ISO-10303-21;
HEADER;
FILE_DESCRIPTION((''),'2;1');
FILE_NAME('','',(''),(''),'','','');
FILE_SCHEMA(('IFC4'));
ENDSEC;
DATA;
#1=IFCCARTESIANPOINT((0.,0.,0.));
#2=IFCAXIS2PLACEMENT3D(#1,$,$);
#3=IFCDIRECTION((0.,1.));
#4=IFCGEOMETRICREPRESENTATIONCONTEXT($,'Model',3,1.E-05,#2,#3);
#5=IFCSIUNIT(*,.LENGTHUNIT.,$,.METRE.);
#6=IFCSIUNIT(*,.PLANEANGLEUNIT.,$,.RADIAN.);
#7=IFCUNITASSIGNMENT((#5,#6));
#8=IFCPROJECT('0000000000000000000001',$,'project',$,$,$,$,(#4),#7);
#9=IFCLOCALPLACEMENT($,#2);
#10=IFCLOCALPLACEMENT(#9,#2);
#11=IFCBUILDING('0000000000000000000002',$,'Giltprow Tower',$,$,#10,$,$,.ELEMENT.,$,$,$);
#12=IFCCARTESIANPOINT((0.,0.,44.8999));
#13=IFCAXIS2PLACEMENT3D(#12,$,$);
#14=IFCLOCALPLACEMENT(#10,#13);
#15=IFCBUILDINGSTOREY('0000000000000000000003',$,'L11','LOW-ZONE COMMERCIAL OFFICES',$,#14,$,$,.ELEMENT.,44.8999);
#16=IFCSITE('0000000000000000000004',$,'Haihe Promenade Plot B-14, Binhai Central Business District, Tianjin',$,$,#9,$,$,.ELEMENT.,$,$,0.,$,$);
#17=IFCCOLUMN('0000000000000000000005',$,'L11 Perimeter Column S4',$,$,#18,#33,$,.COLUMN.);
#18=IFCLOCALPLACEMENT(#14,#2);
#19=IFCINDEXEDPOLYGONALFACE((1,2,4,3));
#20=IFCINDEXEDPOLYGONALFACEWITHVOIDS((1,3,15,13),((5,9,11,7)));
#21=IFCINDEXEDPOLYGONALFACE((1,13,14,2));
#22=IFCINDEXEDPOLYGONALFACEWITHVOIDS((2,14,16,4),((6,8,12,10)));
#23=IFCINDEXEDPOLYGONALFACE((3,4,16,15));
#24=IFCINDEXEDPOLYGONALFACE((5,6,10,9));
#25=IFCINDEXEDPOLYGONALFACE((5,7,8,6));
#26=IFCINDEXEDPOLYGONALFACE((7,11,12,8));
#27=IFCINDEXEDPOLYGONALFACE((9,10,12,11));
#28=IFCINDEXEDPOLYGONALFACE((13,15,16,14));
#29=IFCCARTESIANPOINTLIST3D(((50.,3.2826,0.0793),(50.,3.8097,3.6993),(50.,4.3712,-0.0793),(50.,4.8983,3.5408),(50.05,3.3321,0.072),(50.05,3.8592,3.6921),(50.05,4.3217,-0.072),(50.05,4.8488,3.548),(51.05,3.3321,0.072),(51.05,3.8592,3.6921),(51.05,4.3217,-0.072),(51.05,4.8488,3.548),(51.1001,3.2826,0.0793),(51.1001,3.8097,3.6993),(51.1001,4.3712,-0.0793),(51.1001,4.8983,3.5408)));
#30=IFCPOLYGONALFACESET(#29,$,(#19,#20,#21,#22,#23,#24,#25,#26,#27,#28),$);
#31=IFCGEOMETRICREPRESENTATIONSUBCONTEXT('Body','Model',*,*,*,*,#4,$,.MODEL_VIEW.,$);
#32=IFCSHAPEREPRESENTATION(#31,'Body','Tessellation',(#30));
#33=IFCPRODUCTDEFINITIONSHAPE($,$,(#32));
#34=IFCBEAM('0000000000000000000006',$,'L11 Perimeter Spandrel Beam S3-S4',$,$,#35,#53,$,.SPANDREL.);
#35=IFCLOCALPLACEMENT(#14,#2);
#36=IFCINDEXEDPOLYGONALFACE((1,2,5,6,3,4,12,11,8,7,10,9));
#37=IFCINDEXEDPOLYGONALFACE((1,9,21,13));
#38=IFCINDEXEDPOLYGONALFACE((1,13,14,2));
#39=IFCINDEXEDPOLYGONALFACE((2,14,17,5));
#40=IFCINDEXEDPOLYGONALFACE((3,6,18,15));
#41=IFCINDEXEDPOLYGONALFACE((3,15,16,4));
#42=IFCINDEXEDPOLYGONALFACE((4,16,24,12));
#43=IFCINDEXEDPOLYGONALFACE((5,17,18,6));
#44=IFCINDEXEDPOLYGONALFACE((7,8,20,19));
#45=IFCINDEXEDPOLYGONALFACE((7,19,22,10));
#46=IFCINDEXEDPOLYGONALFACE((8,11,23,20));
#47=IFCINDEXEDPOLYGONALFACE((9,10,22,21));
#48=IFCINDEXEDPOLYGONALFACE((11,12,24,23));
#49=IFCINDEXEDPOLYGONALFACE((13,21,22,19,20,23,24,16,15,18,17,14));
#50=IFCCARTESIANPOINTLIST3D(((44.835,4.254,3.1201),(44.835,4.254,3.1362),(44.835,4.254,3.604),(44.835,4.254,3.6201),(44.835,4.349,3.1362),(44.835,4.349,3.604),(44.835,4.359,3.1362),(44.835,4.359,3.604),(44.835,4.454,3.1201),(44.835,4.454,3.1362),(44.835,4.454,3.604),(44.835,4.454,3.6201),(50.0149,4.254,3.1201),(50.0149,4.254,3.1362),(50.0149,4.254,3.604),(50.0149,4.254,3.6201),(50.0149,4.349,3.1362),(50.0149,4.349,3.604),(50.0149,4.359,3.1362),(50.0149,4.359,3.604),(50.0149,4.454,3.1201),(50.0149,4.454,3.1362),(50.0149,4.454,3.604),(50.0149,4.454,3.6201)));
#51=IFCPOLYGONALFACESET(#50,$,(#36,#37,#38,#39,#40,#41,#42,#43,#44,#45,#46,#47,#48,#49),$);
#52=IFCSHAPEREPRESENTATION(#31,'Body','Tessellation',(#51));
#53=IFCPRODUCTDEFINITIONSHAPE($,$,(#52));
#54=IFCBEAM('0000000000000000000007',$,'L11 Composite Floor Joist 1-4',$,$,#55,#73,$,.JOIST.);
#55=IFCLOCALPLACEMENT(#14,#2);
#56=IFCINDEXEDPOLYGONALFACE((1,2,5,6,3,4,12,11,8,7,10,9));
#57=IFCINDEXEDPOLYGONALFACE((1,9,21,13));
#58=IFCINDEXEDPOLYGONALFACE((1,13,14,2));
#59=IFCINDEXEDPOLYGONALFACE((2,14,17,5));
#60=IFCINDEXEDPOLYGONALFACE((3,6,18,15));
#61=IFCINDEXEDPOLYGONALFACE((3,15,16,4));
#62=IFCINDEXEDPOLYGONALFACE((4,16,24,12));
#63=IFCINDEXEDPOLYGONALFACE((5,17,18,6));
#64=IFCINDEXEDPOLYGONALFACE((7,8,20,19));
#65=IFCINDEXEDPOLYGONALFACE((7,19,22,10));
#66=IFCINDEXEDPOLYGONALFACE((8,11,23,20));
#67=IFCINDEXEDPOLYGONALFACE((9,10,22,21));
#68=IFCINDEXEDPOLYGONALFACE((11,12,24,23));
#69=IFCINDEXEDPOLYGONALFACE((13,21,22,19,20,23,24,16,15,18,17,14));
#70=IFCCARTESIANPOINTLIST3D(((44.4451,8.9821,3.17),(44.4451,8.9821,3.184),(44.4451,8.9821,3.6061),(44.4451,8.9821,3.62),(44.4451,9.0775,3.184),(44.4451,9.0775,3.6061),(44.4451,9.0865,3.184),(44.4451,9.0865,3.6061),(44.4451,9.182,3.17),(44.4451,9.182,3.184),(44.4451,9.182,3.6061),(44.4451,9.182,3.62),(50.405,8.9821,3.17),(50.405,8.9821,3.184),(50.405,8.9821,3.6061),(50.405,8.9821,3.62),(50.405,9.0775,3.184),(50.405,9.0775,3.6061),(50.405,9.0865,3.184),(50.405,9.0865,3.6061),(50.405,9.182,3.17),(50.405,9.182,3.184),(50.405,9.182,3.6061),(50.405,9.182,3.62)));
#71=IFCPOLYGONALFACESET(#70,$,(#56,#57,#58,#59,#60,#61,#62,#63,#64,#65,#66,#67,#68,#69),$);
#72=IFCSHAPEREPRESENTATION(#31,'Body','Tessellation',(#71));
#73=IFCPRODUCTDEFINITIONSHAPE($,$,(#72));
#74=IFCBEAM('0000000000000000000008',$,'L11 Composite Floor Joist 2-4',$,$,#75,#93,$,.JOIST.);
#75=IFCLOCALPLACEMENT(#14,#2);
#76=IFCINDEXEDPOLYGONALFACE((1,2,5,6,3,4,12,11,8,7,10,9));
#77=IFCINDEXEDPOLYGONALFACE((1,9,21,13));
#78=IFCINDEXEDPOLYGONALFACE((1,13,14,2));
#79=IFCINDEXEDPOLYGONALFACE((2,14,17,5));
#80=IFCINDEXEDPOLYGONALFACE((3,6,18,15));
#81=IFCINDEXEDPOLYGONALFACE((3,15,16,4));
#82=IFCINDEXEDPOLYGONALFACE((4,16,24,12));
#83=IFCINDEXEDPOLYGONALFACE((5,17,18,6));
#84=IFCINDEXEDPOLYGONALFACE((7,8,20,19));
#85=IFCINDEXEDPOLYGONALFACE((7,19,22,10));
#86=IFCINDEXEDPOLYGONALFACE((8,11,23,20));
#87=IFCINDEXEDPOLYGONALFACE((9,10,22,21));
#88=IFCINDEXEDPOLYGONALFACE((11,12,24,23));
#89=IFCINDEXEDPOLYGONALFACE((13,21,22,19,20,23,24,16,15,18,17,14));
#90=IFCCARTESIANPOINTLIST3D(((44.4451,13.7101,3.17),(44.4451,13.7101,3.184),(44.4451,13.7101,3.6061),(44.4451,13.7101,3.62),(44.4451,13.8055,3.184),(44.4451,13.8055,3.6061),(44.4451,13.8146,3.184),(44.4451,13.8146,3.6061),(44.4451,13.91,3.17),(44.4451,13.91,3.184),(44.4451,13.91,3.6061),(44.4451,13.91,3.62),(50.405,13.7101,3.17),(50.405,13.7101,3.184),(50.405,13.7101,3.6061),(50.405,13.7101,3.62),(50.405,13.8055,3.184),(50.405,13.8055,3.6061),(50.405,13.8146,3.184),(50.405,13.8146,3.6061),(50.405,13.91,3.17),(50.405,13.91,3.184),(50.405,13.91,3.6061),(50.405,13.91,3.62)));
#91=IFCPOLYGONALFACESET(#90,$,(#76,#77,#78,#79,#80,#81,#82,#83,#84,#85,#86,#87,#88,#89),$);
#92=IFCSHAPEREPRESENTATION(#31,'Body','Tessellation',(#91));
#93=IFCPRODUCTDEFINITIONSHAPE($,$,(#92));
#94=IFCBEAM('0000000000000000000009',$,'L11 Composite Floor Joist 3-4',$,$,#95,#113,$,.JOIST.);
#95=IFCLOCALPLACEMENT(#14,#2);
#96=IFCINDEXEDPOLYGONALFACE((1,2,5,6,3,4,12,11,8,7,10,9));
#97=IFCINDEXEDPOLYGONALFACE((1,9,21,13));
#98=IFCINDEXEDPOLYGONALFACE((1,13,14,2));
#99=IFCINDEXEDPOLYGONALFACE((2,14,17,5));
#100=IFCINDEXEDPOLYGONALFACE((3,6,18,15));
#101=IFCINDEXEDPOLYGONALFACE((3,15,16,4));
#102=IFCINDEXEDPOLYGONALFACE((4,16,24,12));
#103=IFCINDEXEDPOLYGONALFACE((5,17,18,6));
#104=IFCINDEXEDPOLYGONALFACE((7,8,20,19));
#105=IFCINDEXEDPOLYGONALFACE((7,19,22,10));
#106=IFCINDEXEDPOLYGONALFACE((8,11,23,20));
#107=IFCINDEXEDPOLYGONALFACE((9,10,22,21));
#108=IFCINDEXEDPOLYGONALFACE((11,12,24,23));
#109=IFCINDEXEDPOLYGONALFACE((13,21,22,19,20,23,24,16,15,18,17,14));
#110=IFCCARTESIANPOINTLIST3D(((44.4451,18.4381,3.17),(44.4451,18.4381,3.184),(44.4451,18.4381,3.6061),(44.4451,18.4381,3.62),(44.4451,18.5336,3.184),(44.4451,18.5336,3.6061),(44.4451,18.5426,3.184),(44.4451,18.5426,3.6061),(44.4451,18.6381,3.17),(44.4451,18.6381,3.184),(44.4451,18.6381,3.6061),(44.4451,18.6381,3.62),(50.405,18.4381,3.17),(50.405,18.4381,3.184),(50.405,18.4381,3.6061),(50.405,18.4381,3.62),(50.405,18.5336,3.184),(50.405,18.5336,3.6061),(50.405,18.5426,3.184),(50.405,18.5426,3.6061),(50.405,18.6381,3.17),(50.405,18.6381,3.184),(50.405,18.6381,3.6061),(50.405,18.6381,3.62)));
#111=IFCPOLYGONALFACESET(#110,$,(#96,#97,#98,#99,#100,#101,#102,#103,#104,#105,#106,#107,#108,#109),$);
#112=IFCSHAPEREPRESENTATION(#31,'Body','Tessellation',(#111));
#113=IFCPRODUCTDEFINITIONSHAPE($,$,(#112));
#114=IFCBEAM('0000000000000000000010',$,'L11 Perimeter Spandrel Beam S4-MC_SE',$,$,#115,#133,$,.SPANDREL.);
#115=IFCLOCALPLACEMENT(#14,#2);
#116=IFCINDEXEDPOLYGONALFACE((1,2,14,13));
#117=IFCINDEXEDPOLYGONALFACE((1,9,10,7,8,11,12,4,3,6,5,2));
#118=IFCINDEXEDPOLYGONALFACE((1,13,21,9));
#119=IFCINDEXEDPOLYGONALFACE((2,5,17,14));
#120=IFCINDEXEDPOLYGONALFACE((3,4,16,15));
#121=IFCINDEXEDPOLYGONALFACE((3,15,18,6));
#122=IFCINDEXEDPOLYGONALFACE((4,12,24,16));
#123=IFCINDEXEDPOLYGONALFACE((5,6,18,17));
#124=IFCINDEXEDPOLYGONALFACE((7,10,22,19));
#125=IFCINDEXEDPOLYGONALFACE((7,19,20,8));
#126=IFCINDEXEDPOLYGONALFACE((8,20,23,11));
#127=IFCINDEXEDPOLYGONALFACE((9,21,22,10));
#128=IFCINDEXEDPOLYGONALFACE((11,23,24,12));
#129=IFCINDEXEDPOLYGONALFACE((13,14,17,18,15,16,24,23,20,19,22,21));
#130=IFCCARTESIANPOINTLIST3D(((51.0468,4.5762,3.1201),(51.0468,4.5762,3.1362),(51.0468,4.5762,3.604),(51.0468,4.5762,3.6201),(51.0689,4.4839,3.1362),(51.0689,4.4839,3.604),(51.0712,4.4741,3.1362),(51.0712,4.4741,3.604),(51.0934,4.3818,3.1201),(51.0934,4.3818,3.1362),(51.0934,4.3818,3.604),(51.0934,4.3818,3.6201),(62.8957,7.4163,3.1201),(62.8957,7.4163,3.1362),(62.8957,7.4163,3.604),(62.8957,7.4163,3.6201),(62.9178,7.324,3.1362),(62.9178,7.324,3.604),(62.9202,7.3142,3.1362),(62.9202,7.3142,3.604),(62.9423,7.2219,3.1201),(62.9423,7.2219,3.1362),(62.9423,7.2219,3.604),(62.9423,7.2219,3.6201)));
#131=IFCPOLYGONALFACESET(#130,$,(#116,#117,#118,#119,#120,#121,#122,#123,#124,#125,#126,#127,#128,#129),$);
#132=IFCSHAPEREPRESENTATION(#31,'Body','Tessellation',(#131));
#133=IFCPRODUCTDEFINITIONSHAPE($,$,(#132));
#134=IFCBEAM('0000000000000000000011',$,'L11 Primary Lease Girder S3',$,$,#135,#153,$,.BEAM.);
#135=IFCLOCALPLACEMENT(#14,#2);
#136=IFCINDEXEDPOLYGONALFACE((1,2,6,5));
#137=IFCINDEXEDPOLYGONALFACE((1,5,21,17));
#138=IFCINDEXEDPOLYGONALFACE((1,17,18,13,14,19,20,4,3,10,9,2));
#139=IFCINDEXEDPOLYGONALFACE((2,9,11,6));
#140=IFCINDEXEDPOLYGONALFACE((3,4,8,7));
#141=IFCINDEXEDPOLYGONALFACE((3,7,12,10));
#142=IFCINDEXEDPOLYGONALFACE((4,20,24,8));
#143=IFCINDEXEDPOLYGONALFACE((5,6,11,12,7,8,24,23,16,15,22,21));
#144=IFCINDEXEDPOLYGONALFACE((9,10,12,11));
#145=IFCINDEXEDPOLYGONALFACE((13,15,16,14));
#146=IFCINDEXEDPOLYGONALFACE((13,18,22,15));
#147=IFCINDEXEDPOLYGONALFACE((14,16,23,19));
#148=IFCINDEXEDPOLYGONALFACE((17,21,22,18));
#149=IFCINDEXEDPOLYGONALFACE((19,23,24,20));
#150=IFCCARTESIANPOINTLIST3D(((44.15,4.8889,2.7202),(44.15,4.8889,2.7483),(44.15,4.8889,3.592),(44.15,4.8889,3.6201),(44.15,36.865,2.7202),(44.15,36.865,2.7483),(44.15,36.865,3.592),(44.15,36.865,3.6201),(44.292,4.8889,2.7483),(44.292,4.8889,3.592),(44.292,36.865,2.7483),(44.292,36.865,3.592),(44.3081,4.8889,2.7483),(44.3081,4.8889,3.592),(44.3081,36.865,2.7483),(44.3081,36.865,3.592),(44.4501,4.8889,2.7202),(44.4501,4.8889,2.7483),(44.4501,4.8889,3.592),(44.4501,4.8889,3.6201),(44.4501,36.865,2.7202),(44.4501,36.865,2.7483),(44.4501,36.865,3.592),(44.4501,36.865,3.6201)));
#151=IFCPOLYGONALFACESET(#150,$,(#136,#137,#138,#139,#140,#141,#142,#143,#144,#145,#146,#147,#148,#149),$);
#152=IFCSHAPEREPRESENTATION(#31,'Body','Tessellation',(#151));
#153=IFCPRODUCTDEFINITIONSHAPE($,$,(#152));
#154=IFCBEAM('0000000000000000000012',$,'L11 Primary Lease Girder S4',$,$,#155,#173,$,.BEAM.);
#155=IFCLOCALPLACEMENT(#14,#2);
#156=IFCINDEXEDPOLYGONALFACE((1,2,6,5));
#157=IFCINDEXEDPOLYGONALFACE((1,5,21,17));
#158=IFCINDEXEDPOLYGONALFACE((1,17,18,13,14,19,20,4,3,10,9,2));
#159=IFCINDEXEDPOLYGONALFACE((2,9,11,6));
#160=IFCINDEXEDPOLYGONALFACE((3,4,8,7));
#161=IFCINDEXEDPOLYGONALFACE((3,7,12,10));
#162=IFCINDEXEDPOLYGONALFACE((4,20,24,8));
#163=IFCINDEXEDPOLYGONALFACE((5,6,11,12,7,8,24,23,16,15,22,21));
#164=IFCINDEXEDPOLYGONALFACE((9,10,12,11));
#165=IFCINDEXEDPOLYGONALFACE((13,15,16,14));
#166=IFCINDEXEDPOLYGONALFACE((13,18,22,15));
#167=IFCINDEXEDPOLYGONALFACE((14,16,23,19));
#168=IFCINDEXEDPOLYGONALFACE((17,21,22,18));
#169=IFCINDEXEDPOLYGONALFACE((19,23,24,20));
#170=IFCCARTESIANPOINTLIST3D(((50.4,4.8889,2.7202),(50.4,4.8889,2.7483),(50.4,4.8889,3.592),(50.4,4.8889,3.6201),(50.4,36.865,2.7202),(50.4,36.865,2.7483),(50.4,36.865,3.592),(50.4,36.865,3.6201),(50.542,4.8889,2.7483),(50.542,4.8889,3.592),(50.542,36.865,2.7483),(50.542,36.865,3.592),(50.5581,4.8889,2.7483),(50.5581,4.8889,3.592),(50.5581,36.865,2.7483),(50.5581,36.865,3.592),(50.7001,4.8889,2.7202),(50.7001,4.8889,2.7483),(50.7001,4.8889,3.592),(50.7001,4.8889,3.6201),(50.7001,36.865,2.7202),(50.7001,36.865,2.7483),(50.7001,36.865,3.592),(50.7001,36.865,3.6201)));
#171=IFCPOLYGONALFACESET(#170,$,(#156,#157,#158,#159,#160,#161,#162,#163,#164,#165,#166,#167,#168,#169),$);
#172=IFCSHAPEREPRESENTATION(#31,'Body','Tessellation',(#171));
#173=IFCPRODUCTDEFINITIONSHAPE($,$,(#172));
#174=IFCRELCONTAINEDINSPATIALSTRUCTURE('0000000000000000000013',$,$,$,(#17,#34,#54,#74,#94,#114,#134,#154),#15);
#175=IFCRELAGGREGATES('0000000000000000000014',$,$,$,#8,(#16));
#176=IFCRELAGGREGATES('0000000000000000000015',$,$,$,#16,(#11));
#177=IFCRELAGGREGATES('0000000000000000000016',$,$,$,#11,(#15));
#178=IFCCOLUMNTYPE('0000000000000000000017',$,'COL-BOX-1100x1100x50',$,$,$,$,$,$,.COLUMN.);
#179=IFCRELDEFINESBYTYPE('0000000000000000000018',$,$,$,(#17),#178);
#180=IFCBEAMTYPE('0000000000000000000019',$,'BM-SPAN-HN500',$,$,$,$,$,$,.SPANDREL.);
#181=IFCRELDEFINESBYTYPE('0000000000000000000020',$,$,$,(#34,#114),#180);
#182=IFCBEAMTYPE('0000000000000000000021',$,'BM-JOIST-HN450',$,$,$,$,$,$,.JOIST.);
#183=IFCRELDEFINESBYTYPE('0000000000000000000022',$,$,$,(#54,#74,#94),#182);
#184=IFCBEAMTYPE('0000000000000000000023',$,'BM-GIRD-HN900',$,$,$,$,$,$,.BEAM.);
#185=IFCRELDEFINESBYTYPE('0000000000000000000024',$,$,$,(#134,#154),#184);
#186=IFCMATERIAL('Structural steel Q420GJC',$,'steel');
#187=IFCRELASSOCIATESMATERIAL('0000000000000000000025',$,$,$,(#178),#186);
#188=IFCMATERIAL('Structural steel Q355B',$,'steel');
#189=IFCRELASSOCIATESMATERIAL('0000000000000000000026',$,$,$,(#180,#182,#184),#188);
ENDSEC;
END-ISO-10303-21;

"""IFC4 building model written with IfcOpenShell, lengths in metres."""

from ifc_helpers import new_model, si_unit, direction, frame, origin, origin_2d, place, context, subcontext, project, spatial, hollow_rectangle, i_section, extrude, source, transform, mapped, material, material_profile, profile_set, type_object, element, save


model = new_model("IFC4")

# Units and contexts
model_context = context("Model", 3, precision=1e-05, world=origin(), true_north=direction((0.0, 1.0)))
body_context = subcontext(model_context, "Body", "Model", "MODEL_VIEW")
ifc_project = project(units=[si_unit("LENGTHUNIT", "METRE"), si_unit("PLANEANGLEUNIT", "RADIAN")], contexts=[model_context])

# Site, building, storey
site_placement = place(None, origin())
site = spatial("IfcSite", under=ifc_project, at=site_placement, Name="Haihe Promenade Plot B-14, Binhai Central Business District, Tianjin", CompositionType="ELEMENT", RefElevation=0.0)
building_placement = place(site_placement, origin())
building = spatial("IfcBuilding", under=site, at=building_placement, Name="Giltprow Tower", CompositionType="ELEMENT")
storey_placement = place(building_placement, frame((0.0, 0.0, 44.8999)))
storey = spatial("IfcBuildingStorey", under=building, at=storey_placement, Name="L11", Description="LOW-ZONE COMMERCIAL OFFICES", CompositionType="ELEMENT", Elevation=44.8999)

# Column
ifc_material_1 = material(Name="Structural steel Q420GJC", Category="steel")
ifc_material_profile_1 = material_profile(ifc_material_1, hollow_rectangle(XDim=1.1001, YDim=1.1001, WallThickness=0.05, at=origin_2d()), Name="BOX 1100x1100x50")
ifc_profile_set_1 = profile_set([ifc_material_profile_1], Name="Structural steel Q420GJC")
column_type = type_object("IfcColumnType", Name="COL-BOX-1100x1100x50", PredefinedType="COLUMN", material=ifc_profile_set_1)
shared_shape_1 = source(origin(), body_context, "Body", "SweptSolid", [
    extrude(hollow_rectangle(XDim=1.1001, YDim=1.1001, WallThickness=0.05, at=origin_2d()), origin(), (0.0, 0.0, 1.0), 3.6582),
])
column_placement = place(storey_placement, frame((50.55, 3.8269, 0.0), z_axis=(0.0, 0.144084, 0.989566), x_axis=(-1.0, 0.0, 0.0)))
element("IfcColumn", 1, at=column_placement, inside=storey, type_object=column_type, Name="L11 Perimeter Column S4", PredefinedType="COLUMN", context=body_context, shape_type="MappedRepresentation", body=[
    mapped(shared_shape_1, transform((0.0, 0.0, 0.0), x_axis=(1.0, 0.0, 0.0), y_axis=(0.0, 1.0, 0.0), z_axis=(0.0, 0.0, 1.0), scale=1.0)),
])

# Beams
ifc_material_2 = material(Name="Structural steel Q355B", Category="steel")
ifc_material_profile_2 = material_profile(ifc_material_2, i_section(OverallWidth=0.2, OverallDepth=0.5, WebThickness=0.01, FlangeThickness=0.0161, at=origin_2d()), Name="HN 500x200x10x16")
ifc_profile_set_2 = profile_set([ifc_material_profile_2], Name="Structural steel Q355B")
beam_type_1 = type_object("IfcBeamType", Name="BM-SPAN-HN500", PredefinedType="SPANDREL", material=ifc_profile_set_2)
shared_shape_2 = source(origin(), body_context, "Body", "SweptSolid", [
    extrude(i_section(OverallWidth=0.2, OverallDepth=0.5, WebThickness=0.01, FlangeThickness=0.0161, at=origin_2d()), origin(), (0.0, 0.0, 1.0), 5.1799),
])
beam_1_placement = place(storey_placement, frame((44.835, 4.354, 3.3701), z_axis=(1.0, 0.0, 0.0), x_axis=(0.0, 1.0, 0.0)))
element("IfcBeam", 2, at=beam_1_placement, inside=storey, type_object=beam_type_1, Name="L11 Perimeter Spandrel Beam S3-S4", PredefinedType="SPANDREL", context=body_context, shape_type="MappedRepresentation", body=[
    mapped(shared_shape_2, transform((0.0, 0.0, 0.0), x_axis=(1.0, 0.0, 0.0), y_axis=(0.0, 1.0, 0.0), z_axis=(0.0, 0.0, 1.0), scale=1.0)),
])
ifc_material_profile_3 = material_profile(ifc_material_2, i_section(OverallWidth=0.2, OverallDepth=0.45, WebThickness=0.009, FlangeThickness=0.0139, at=origin_2d()), Name="HN 450x200x9x14")
ifc_profile_set_3 = profile_set([ifc_material_profile_3], Name="Structural steel Q355B")
beam_type_2 = type_object("IfcBeamType", Name="BM-JOIST-HN450", PredefinedType="JOIST", material=ifc_profile_set_3)
shared_shape_3 = source(origin(), body_context, "Body", "SweptSolid", [
    extrude(i_section(OverallWidth=0.2, OverallDepth=0.45, WebThickness=0.009, FlangeThickness=0.0139, at=origin_2d()), origin(), (0.0, 0.0, 1.0), 5.96),
])
for number, where, z_axis, x_axis, name in (
    (3, (44.4451, 9.082, 3.395), (1.0, 0.0, 0.0), (0.0, 1.0, 0.0), "L11 Composite Floor Joist 1-4"),
    (4, (44.4451, 13.8101, 3.395), (1.0, 0.0, 0.0), (0.0, 1.0, 0.0), "L11 Composite Floor Joist 2-4"),
    (5, (44.4451, 18.5381, 3.395), (1.0, 0.0, 0.0), (0.0, 1.0, 0.0), "L11 Composite Floor Joist 3-4"),
):
    element("IfcBeam", number, at=place(storey_placement, frame(where, z_axis=z_axis, x_axis=x_axis)), inside=storey, type_object=beam_type_2, Name=name, PredefinedType="JOIST", context=body_context, shape_type="MappedRepresentation", body=[
        mapped(shared_shape_3, transform((0.0, 0.0, 0.0), x_axis=(1.0, 0.0, 0.0), y_axis=(0.0, 1.0, 0.0), z_axis=(0.0, 0.0, 1.0), scale=1.0)),
    ])
shared_shape_4 = source(origin(), body_context, "Body", "SweptSolid", [
    extrude(i_section(OverallWidth=0.2, OverallDepth=0.5, WebThickness=0.01, FlangeThickness=0.0161, at=origin_2d()), origin(), (0.0, 0.0, 1.0), 12.1846),
])
beam_2_placement = place(storey_placement, frame((51.0701, 4.479, 3.3701), z_axis=(0.972455, 0.23309, 0.0), x_axis=(-0.23309, 0.972455, 0.0)))
element("IfcBeam", 6, at=beam_2_placement, inside=storey, type_object=beam_type_1, Name="L11 Perimeter Spandrel Beam S4-MC_SE", PredefinedType="SPANDREL", context=body_context, shape_type="MappedRepresentation", body=[
    mapped(shared_shape_4, transform((0.0, 0.0, 0.0), x_axis=(1.0, 0.0, 0.0), y_axis=(0.0, 1.0, 0.0), z_axis=(0.0, 0.0, 1.0), scale=1.0)),
])
ifc_material_profile_4 = material_profile(ifc_material_2, i_section(OverallWidth=0.3, OverallDepth=0.8999, WebThickness=0.0161, FlangeThickness=0.0281, at=origin_2d()), Name="HN 900x300x16x28")
ifc_profile_set_4 = profile_set([ifc_material_profile_4], Name="Structural steel Q355B")
beam_type_3 = type_object("IfcBeamType", Name="BM-GIRD-HN900", PredefinedType="BEAM", material=ifc_profile_set_4)
shared_shape_5 = source(origin(), body_context, "Body", "SweptSolid", [
    extrude(i_section(OverallWidth=0.3, OverallDepth=0.8999, WebThickness=0.0161, FlangeThickness=0.0281, at=origin_2d()), origin(), (0.0, 0.0, 1.0), 31.9761),
])
for number, where, z_axis, x_axis, name in (
    (7, (44.3, 4.8889, 3.1702), (0.0, 1.0, 0.0), (-1.0, 0.0, 0.0), "L11 Primary Lease Girder S3"),
    (8, (50.55, 4.8889, 3.1702), (0.0, 1.0, 0.0), (-1.0, 0.0, 0.0), "L11 Primary Lease Girder S4"),
):
    element("IfcBeam", number, at=place(storey_placement, frame(where, z_axis=z_axis, x_axis=x_axis)), inside=storey, type_object=beam_type_3, Name=name, PredefinedType="BEAM", context=body_context, shape_type="MappedRepresentation", body=[
        mapped(shared_shape_5, transform((0.0, 0.0, 0.0), x_axis=(1.0, 0.0, 0.0), y_axis=(0.0, 1.0, 0.0), z_axis=(0.0, 0.0, 1.0), scale=1.0)),
    ])

save(model, "model.ifc")
